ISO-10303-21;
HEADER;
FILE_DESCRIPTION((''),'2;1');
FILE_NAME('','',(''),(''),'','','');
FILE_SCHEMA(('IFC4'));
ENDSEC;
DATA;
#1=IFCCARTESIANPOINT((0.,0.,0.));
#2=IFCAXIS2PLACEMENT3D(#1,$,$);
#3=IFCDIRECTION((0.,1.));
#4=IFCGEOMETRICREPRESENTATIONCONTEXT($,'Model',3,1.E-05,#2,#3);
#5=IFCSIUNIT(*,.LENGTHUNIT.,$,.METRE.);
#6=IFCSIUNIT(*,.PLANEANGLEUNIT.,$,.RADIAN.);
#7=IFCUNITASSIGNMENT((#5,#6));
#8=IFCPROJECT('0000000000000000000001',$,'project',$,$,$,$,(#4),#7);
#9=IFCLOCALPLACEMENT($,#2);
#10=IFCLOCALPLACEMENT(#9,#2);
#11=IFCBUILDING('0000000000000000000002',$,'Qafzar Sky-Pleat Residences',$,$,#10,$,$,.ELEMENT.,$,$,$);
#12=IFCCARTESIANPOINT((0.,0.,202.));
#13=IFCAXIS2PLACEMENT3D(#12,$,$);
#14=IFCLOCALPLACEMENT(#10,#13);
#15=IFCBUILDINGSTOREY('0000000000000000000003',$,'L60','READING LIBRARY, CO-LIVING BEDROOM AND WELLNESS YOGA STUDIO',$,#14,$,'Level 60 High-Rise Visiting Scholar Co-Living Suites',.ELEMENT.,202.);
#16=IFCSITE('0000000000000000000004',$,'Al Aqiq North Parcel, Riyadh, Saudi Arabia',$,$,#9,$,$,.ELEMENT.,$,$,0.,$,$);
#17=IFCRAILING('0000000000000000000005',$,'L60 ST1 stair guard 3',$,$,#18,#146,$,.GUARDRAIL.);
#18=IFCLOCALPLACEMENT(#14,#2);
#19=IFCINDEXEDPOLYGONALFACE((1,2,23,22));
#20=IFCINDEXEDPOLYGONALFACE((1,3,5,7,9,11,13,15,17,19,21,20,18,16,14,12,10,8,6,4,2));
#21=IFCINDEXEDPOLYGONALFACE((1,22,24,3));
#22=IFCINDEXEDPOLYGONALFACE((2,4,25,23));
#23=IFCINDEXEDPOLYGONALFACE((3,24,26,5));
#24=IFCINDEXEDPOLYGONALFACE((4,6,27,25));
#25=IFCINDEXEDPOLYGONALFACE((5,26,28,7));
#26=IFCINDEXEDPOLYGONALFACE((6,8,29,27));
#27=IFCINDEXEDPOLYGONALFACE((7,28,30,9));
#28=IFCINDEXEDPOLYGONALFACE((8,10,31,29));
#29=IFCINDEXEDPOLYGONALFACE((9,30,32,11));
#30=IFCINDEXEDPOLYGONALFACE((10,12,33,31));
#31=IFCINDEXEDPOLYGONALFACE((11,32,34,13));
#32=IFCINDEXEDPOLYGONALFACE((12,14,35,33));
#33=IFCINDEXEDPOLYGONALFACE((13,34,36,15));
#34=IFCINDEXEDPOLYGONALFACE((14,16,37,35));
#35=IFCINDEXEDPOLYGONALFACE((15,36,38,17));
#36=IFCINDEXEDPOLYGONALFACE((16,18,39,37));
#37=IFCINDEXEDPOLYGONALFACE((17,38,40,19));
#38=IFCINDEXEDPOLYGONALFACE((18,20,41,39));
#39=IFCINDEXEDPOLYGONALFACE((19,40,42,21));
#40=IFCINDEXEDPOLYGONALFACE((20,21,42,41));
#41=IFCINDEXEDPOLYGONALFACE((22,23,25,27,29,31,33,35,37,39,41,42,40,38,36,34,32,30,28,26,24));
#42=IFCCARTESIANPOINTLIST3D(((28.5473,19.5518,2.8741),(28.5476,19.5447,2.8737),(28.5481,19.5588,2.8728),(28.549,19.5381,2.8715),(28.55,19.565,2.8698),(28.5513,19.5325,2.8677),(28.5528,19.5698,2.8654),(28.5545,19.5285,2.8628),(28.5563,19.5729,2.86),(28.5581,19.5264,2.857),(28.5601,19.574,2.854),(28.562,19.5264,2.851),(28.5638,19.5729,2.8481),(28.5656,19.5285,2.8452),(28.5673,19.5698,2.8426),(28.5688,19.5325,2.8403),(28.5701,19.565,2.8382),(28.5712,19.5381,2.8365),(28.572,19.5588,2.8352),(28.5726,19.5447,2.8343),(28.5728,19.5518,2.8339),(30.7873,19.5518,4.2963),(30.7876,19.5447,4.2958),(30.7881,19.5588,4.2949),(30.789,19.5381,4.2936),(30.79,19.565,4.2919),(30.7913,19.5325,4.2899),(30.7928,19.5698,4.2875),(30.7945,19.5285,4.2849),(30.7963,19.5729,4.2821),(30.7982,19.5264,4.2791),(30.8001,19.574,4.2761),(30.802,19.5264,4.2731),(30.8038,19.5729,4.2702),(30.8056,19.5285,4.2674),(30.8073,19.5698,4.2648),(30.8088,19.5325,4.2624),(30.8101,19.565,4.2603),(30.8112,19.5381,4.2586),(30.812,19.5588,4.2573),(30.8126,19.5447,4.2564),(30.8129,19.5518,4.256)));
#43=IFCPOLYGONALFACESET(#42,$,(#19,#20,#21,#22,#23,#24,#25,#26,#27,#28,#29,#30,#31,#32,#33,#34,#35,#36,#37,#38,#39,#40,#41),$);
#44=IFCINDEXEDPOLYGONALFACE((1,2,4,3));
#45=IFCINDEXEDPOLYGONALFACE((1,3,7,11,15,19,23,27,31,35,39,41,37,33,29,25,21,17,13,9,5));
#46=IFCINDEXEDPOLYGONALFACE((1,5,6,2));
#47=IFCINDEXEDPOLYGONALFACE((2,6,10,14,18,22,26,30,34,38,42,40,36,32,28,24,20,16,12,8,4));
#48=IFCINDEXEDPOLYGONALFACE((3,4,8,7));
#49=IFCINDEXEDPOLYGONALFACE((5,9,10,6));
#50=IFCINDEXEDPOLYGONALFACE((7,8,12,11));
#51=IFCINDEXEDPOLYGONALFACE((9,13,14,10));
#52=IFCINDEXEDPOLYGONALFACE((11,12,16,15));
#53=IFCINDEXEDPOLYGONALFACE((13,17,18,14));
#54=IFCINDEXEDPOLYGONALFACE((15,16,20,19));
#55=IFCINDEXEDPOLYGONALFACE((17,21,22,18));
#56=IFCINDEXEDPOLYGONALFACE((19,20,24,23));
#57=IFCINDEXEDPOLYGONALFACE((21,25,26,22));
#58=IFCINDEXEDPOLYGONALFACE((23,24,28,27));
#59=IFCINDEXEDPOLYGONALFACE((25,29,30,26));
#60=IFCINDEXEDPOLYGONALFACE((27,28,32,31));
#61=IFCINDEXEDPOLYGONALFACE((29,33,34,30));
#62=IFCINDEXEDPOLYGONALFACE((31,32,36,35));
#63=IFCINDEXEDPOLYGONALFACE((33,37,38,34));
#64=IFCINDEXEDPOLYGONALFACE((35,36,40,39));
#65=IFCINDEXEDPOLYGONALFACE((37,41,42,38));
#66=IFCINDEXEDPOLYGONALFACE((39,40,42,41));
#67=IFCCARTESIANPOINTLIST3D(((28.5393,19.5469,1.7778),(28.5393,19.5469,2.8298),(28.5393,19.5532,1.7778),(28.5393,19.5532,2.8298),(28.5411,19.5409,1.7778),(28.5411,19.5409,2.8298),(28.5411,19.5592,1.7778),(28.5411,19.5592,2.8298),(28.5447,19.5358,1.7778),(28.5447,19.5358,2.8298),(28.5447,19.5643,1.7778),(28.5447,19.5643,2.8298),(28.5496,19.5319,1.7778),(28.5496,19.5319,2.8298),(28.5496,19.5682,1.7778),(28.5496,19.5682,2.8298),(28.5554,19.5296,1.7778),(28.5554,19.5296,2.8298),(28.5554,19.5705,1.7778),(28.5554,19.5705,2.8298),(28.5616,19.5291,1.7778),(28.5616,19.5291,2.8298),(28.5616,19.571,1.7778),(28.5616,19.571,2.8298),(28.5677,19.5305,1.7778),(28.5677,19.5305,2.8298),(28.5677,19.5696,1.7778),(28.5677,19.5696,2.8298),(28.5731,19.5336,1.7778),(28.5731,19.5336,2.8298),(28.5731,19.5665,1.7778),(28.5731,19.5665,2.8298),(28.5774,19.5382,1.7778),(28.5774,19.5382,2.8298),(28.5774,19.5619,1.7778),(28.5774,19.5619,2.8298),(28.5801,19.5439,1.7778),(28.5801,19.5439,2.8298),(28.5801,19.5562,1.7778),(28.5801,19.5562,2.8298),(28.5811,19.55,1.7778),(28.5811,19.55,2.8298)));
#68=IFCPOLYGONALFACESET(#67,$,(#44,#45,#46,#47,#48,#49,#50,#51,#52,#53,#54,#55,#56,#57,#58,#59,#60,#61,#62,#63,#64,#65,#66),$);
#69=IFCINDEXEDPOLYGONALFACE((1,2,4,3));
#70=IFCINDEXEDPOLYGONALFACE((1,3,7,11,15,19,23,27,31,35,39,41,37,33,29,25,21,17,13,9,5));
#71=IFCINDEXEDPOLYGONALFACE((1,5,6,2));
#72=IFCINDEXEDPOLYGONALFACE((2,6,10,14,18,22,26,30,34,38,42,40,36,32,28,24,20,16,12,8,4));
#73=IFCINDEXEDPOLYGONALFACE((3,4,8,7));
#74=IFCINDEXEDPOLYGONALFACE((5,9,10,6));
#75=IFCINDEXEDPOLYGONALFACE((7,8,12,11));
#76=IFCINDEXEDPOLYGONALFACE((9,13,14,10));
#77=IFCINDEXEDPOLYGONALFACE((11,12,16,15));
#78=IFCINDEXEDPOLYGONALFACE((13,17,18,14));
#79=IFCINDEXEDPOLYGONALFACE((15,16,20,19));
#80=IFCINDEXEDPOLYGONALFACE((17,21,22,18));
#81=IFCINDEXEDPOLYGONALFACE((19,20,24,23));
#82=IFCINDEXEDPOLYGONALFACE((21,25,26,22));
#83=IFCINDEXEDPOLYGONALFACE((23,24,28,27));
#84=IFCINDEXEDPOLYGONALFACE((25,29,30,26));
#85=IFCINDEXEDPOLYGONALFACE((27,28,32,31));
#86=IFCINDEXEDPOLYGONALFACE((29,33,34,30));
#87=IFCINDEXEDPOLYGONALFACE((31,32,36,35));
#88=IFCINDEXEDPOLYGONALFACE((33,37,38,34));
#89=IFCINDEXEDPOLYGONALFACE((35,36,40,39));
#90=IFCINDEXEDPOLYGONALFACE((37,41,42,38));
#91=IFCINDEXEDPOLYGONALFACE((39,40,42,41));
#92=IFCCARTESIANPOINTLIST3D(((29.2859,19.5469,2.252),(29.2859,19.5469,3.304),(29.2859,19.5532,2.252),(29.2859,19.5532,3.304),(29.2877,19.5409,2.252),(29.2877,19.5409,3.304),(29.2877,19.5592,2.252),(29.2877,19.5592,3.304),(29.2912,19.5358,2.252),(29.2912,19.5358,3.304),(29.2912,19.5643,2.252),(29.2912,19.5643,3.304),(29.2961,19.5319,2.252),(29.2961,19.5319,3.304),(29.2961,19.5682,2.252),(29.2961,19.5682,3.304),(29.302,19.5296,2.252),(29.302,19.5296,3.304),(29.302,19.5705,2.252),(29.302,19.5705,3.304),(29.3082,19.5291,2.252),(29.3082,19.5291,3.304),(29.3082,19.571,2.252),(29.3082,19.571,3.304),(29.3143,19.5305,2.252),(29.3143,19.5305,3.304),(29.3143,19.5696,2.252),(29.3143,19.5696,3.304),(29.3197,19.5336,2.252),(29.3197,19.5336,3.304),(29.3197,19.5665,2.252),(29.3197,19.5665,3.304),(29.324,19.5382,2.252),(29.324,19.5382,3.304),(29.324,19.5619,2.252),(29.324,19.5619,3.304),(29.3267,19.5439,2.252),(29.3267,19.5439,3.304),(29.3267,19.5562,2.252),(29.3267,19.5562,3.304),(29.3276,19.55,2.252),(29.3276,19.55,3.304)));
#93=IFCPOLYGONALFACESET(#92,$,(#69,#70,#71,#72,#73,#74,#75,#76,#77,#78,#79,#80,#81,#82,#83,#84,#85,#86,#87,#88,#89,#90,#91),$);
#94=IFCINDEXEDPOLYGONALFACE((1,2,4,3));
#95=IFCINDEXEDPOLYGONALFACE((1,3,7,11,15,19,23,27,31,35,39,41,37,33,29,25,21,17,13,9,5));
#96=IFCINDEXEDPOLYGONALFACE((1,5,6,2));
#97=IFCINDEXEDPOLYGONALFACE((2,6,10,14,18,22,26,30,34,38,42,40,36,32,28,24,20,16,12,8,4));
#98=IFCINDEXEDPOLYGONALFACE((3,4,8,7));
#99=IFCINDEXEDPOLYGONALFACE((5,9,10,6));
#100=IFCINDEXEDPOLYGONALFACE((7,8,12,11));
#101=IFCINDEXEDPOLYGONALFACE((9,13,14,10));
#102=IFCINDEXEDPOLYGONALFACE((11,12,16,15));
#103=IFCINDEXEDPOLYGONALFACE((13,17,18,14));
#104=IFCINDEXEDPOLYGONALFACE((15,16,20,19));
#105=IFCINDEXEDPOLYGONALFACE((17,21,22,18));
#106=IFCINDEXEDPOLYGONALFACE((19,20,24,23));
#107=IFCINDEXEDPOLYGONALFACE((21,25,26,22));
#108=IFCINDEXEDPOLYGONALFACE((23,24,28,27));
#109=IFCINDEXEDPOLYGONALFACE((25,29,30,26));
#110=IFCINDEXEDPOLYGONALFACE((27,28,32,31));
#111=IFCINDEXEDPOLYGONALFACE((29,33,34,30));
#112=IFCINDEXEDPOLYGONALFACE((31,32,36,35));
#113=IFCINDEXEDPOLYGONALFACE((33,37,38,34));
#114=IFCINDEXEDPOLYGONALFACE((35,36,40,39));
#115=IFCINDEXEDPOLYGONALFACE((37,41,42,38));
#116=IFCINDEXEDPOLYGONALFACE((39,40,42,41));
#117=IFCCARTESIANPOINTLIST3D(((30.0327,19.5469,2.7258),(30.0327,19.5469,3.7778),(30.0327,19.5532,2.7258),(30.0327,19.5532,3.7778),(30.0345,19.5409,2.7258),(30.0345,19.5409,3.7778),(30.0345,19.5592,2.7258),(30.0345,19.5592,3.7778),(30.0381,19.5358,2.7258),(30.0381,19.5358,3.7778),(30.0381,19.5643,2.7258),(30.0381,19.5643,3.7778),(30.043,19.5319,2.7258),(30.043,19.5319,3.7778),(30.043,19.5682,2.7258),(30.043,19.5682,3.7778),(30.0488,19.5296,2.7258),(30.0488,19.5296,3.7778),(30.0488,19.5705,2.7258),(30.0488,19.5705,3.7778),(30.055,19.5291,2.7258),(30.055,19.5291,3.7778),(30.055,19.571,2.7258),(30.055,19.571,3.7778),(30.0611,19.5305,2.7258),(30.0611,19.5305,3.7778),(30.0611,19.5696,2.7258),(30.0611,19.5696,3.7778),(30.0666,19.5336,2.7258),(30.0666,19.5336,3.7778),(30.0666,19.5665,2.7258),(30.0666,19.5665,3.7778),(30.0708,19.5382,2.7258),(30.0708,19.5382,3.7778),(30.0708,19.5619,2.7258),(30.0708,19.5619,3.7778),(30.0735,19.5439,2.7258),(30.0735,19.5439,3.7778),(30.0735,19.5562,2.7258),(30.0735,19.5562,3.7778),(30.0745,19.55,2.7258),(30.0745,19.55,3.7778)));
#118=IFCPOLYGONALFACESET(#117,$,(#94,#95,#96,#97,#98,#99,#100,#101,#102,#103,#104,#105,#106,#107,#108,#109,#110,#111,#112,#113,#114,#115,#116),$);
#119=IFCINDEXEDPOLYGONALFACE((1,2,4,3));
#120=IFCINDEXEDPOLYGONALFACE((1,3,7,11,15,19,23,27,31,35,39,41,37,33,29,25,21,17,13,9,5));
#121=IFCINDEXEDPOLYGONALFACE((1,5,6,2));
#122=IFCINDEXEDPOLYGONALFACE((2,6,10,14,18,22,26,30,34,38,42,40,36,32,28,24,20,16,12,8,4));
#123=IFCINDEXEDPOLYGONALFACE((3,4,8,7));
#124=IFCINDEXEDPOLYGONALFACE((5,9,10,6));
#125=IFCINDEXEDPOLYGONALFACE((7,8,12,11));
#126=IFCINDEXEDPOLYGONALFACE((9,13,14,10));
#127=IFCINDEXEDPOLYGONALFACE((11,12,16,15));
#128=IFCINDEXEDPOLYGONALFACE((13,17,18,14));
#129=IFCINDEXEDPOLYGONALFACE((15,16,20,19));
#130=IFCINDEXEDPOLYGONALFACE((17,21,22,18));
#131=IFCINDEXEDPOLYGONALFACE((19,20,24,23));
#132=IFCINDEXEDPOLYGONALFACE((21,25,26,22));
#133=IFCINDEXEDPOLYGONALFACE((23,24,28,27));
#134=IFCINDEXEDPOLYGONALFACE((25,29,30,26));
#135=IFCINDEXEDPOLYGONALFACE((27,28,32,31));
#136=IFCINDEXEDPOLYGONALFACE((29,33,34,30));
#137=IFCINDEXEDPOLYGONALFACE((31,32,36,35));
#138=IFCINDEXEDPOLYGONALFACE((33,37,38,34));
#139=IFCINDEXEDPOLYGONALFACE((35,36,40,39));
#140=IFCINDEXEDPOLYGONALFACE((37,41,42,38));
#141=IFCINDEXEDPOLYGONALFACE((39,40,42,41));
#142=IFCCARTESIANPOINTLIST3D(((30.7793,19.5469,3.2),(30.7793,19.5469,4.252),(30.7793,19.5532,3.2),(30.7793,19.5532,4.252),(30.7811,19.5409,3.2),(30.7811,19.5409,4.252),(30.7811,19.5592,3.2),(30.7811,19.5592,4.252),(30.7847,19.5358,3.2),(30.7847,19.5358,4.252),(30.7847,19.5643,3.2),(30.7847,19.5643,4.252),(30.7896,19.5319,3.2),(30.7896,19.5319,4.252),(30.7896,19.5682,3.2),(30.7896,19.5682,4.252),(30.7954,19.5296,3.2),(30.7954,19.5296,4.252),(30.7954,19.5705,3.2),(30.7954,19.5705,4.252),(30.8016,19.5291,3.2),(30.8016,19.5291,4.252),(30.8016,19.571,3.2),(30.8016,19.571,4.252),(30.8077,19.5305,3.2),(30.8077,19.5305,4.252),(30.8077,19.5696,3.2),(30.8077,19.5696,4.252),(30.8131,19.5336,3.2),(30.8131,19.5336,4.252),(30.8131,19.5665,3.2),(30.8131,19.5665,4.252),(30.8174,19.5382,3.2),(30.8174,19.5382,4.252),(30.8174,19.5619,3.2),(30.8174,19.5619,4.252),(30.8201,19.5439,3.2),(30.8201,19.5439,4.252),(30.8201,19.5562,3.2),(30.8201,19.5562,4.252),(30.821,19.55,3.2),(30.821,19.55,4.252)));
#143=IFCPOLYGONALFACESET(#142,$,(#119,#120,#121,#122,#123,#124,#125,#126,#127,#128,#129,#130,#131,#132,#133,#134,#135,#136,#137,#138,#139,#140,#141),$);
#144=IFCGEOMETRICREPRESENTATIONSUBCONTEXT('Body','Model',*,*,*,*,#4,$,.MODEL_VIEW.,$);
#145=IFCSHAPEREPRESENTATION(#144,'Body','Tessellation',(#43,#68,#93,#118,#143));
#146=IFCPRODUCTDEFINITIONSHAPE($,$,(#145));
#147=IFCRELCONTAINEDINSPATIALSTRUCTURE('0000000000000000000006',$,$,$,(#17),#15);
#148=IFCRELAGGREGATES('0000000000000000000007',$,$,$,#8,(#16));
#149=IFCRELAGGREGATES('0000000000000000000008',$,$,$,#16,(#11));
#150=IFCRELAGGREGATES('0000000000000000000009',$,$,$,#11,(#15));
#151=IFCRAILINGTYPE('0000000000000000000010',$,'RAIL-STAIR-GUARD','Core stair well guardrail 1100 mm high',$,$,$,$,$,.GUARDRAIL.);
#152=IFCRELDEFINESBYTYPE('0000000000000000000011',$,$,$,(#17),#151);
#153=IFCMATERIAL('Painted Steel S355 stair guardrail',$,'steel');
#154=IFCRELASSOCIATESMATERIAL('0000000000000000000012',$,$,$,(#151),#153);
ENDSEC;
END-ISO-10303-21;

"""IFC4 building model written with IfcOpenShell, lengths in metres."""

from ifc_helpers import new_model, si_unit, direction, frame, origin, origin_2d, place, context, subcontext, project, spatial, circle, extrude, source, transform, mapped, material, type_object, element, save


model = new_model("IFC4")

# Units and contexts
model_context = context("Model", 3, precision=1e-05, world=origin(), true_north=direction((0.0, 1.0)))
body_context = subcontext(model_context, "Body", "Model", "MODEL_VIEW")
ifc_project = project(units=[si_unit("LENGTHUNIT", "METRE"), si_unit("PLANEANGLEUNIT", "RADIAN")], contexts=[model_context])

# Site, building, storey
site_placement = place(None, origin())
site = spatial("IfcSite", under=ifc_project, at=site_placement, Name="Al Aqiq North Parcel, Riyadh, Saudi Arabia", CompositionType="ELEMENT", RefElevation=0.0)
building_placement = place(site_placement, origin())
building = spatial("IfcBuilding", under=site, at=building_placement, Name="Qafzar Sky-Pleat Residences", CompositionType="ELEMENT")
storey_placement = place(building_placement, frame((0.0, 0.0, 202.0)))
storey = spatial("IfcBuildingStorey", under=building, at=storey_placement, Name="L60", Description="READING LIBRARY, CO-LIVING BEDROOM AND WELLNESS YOGA STUDIO", LongName="Level 60 High-Rise Visiting Scholar Co-Living Suites", CompositionType="ELEMENT", Elevation=202.0)

# Railing
ifc_material_1 = material(Name="Painted Steel S355 stair guardrail", Category="steel")
railing_type_1 = type_object("IfcRailingType", Name="RAIL-STAIR-GUARD", Description="Core stair well guardrail 1100 mm high", PredefinedType="GUARDRAIL", material=ifc_material_1)
shared_shape_1 = source(origin(), body_context, "Body", "SweptSolid", [
    extrude(circle(Radius=0.0239, at=origin_2d()), frame((0.0, 0.0, 1.0762), z_axis=(0.844229, 0.0, 0.535982), x_axis=(0.0, 1.0, 0.0)), (0.0, 0.0, 1.0), 2.6533),
    extrude(circle(Radius=0.021, at=origin_2d()), origin(), (0.0, 0.0, 1.0), 1.052),
    extrude(circle(Radius=0.021, at=origin_2d()), frame((0.7466, 0.0, 0.4741)), (0.0, 0.0, 1.0), 1.052),
    extrude(circle(Radius=0.021, at=origin_2d()), frame((1.4934, 0.0, 0.948)), (0.0, 0.0, 1.0), 1.052),
    extrude(circle(Radius=0.021, at=origin_2d()), frame((2.24, 0.0, 1.4221)), (0.0, 0.0, 1.0), 1.052),
])
railing_1_placement = place(storey_placement, frame((28.5601, 19.55, 1.7778)))
element("IfcRailing", 1, at=railing_1_placement, inside=storey, type_object=railing_type_1, Name="L60 ST1 stair guard 3", PredefinedType="GUARDRAIL", context=body_context, shape_type="MappedRepresentation", body=[
    mapped(shared_shape_1, transform((0.0, 0.0, 0.0), x_axis=(1.0, 0.0, 0.0), y_axis=(0.0, 1.0, 0.0), z_axis=(0.0, 0.0, 1.0), scale=1.0)),
])

save(model, "model.ifc")
